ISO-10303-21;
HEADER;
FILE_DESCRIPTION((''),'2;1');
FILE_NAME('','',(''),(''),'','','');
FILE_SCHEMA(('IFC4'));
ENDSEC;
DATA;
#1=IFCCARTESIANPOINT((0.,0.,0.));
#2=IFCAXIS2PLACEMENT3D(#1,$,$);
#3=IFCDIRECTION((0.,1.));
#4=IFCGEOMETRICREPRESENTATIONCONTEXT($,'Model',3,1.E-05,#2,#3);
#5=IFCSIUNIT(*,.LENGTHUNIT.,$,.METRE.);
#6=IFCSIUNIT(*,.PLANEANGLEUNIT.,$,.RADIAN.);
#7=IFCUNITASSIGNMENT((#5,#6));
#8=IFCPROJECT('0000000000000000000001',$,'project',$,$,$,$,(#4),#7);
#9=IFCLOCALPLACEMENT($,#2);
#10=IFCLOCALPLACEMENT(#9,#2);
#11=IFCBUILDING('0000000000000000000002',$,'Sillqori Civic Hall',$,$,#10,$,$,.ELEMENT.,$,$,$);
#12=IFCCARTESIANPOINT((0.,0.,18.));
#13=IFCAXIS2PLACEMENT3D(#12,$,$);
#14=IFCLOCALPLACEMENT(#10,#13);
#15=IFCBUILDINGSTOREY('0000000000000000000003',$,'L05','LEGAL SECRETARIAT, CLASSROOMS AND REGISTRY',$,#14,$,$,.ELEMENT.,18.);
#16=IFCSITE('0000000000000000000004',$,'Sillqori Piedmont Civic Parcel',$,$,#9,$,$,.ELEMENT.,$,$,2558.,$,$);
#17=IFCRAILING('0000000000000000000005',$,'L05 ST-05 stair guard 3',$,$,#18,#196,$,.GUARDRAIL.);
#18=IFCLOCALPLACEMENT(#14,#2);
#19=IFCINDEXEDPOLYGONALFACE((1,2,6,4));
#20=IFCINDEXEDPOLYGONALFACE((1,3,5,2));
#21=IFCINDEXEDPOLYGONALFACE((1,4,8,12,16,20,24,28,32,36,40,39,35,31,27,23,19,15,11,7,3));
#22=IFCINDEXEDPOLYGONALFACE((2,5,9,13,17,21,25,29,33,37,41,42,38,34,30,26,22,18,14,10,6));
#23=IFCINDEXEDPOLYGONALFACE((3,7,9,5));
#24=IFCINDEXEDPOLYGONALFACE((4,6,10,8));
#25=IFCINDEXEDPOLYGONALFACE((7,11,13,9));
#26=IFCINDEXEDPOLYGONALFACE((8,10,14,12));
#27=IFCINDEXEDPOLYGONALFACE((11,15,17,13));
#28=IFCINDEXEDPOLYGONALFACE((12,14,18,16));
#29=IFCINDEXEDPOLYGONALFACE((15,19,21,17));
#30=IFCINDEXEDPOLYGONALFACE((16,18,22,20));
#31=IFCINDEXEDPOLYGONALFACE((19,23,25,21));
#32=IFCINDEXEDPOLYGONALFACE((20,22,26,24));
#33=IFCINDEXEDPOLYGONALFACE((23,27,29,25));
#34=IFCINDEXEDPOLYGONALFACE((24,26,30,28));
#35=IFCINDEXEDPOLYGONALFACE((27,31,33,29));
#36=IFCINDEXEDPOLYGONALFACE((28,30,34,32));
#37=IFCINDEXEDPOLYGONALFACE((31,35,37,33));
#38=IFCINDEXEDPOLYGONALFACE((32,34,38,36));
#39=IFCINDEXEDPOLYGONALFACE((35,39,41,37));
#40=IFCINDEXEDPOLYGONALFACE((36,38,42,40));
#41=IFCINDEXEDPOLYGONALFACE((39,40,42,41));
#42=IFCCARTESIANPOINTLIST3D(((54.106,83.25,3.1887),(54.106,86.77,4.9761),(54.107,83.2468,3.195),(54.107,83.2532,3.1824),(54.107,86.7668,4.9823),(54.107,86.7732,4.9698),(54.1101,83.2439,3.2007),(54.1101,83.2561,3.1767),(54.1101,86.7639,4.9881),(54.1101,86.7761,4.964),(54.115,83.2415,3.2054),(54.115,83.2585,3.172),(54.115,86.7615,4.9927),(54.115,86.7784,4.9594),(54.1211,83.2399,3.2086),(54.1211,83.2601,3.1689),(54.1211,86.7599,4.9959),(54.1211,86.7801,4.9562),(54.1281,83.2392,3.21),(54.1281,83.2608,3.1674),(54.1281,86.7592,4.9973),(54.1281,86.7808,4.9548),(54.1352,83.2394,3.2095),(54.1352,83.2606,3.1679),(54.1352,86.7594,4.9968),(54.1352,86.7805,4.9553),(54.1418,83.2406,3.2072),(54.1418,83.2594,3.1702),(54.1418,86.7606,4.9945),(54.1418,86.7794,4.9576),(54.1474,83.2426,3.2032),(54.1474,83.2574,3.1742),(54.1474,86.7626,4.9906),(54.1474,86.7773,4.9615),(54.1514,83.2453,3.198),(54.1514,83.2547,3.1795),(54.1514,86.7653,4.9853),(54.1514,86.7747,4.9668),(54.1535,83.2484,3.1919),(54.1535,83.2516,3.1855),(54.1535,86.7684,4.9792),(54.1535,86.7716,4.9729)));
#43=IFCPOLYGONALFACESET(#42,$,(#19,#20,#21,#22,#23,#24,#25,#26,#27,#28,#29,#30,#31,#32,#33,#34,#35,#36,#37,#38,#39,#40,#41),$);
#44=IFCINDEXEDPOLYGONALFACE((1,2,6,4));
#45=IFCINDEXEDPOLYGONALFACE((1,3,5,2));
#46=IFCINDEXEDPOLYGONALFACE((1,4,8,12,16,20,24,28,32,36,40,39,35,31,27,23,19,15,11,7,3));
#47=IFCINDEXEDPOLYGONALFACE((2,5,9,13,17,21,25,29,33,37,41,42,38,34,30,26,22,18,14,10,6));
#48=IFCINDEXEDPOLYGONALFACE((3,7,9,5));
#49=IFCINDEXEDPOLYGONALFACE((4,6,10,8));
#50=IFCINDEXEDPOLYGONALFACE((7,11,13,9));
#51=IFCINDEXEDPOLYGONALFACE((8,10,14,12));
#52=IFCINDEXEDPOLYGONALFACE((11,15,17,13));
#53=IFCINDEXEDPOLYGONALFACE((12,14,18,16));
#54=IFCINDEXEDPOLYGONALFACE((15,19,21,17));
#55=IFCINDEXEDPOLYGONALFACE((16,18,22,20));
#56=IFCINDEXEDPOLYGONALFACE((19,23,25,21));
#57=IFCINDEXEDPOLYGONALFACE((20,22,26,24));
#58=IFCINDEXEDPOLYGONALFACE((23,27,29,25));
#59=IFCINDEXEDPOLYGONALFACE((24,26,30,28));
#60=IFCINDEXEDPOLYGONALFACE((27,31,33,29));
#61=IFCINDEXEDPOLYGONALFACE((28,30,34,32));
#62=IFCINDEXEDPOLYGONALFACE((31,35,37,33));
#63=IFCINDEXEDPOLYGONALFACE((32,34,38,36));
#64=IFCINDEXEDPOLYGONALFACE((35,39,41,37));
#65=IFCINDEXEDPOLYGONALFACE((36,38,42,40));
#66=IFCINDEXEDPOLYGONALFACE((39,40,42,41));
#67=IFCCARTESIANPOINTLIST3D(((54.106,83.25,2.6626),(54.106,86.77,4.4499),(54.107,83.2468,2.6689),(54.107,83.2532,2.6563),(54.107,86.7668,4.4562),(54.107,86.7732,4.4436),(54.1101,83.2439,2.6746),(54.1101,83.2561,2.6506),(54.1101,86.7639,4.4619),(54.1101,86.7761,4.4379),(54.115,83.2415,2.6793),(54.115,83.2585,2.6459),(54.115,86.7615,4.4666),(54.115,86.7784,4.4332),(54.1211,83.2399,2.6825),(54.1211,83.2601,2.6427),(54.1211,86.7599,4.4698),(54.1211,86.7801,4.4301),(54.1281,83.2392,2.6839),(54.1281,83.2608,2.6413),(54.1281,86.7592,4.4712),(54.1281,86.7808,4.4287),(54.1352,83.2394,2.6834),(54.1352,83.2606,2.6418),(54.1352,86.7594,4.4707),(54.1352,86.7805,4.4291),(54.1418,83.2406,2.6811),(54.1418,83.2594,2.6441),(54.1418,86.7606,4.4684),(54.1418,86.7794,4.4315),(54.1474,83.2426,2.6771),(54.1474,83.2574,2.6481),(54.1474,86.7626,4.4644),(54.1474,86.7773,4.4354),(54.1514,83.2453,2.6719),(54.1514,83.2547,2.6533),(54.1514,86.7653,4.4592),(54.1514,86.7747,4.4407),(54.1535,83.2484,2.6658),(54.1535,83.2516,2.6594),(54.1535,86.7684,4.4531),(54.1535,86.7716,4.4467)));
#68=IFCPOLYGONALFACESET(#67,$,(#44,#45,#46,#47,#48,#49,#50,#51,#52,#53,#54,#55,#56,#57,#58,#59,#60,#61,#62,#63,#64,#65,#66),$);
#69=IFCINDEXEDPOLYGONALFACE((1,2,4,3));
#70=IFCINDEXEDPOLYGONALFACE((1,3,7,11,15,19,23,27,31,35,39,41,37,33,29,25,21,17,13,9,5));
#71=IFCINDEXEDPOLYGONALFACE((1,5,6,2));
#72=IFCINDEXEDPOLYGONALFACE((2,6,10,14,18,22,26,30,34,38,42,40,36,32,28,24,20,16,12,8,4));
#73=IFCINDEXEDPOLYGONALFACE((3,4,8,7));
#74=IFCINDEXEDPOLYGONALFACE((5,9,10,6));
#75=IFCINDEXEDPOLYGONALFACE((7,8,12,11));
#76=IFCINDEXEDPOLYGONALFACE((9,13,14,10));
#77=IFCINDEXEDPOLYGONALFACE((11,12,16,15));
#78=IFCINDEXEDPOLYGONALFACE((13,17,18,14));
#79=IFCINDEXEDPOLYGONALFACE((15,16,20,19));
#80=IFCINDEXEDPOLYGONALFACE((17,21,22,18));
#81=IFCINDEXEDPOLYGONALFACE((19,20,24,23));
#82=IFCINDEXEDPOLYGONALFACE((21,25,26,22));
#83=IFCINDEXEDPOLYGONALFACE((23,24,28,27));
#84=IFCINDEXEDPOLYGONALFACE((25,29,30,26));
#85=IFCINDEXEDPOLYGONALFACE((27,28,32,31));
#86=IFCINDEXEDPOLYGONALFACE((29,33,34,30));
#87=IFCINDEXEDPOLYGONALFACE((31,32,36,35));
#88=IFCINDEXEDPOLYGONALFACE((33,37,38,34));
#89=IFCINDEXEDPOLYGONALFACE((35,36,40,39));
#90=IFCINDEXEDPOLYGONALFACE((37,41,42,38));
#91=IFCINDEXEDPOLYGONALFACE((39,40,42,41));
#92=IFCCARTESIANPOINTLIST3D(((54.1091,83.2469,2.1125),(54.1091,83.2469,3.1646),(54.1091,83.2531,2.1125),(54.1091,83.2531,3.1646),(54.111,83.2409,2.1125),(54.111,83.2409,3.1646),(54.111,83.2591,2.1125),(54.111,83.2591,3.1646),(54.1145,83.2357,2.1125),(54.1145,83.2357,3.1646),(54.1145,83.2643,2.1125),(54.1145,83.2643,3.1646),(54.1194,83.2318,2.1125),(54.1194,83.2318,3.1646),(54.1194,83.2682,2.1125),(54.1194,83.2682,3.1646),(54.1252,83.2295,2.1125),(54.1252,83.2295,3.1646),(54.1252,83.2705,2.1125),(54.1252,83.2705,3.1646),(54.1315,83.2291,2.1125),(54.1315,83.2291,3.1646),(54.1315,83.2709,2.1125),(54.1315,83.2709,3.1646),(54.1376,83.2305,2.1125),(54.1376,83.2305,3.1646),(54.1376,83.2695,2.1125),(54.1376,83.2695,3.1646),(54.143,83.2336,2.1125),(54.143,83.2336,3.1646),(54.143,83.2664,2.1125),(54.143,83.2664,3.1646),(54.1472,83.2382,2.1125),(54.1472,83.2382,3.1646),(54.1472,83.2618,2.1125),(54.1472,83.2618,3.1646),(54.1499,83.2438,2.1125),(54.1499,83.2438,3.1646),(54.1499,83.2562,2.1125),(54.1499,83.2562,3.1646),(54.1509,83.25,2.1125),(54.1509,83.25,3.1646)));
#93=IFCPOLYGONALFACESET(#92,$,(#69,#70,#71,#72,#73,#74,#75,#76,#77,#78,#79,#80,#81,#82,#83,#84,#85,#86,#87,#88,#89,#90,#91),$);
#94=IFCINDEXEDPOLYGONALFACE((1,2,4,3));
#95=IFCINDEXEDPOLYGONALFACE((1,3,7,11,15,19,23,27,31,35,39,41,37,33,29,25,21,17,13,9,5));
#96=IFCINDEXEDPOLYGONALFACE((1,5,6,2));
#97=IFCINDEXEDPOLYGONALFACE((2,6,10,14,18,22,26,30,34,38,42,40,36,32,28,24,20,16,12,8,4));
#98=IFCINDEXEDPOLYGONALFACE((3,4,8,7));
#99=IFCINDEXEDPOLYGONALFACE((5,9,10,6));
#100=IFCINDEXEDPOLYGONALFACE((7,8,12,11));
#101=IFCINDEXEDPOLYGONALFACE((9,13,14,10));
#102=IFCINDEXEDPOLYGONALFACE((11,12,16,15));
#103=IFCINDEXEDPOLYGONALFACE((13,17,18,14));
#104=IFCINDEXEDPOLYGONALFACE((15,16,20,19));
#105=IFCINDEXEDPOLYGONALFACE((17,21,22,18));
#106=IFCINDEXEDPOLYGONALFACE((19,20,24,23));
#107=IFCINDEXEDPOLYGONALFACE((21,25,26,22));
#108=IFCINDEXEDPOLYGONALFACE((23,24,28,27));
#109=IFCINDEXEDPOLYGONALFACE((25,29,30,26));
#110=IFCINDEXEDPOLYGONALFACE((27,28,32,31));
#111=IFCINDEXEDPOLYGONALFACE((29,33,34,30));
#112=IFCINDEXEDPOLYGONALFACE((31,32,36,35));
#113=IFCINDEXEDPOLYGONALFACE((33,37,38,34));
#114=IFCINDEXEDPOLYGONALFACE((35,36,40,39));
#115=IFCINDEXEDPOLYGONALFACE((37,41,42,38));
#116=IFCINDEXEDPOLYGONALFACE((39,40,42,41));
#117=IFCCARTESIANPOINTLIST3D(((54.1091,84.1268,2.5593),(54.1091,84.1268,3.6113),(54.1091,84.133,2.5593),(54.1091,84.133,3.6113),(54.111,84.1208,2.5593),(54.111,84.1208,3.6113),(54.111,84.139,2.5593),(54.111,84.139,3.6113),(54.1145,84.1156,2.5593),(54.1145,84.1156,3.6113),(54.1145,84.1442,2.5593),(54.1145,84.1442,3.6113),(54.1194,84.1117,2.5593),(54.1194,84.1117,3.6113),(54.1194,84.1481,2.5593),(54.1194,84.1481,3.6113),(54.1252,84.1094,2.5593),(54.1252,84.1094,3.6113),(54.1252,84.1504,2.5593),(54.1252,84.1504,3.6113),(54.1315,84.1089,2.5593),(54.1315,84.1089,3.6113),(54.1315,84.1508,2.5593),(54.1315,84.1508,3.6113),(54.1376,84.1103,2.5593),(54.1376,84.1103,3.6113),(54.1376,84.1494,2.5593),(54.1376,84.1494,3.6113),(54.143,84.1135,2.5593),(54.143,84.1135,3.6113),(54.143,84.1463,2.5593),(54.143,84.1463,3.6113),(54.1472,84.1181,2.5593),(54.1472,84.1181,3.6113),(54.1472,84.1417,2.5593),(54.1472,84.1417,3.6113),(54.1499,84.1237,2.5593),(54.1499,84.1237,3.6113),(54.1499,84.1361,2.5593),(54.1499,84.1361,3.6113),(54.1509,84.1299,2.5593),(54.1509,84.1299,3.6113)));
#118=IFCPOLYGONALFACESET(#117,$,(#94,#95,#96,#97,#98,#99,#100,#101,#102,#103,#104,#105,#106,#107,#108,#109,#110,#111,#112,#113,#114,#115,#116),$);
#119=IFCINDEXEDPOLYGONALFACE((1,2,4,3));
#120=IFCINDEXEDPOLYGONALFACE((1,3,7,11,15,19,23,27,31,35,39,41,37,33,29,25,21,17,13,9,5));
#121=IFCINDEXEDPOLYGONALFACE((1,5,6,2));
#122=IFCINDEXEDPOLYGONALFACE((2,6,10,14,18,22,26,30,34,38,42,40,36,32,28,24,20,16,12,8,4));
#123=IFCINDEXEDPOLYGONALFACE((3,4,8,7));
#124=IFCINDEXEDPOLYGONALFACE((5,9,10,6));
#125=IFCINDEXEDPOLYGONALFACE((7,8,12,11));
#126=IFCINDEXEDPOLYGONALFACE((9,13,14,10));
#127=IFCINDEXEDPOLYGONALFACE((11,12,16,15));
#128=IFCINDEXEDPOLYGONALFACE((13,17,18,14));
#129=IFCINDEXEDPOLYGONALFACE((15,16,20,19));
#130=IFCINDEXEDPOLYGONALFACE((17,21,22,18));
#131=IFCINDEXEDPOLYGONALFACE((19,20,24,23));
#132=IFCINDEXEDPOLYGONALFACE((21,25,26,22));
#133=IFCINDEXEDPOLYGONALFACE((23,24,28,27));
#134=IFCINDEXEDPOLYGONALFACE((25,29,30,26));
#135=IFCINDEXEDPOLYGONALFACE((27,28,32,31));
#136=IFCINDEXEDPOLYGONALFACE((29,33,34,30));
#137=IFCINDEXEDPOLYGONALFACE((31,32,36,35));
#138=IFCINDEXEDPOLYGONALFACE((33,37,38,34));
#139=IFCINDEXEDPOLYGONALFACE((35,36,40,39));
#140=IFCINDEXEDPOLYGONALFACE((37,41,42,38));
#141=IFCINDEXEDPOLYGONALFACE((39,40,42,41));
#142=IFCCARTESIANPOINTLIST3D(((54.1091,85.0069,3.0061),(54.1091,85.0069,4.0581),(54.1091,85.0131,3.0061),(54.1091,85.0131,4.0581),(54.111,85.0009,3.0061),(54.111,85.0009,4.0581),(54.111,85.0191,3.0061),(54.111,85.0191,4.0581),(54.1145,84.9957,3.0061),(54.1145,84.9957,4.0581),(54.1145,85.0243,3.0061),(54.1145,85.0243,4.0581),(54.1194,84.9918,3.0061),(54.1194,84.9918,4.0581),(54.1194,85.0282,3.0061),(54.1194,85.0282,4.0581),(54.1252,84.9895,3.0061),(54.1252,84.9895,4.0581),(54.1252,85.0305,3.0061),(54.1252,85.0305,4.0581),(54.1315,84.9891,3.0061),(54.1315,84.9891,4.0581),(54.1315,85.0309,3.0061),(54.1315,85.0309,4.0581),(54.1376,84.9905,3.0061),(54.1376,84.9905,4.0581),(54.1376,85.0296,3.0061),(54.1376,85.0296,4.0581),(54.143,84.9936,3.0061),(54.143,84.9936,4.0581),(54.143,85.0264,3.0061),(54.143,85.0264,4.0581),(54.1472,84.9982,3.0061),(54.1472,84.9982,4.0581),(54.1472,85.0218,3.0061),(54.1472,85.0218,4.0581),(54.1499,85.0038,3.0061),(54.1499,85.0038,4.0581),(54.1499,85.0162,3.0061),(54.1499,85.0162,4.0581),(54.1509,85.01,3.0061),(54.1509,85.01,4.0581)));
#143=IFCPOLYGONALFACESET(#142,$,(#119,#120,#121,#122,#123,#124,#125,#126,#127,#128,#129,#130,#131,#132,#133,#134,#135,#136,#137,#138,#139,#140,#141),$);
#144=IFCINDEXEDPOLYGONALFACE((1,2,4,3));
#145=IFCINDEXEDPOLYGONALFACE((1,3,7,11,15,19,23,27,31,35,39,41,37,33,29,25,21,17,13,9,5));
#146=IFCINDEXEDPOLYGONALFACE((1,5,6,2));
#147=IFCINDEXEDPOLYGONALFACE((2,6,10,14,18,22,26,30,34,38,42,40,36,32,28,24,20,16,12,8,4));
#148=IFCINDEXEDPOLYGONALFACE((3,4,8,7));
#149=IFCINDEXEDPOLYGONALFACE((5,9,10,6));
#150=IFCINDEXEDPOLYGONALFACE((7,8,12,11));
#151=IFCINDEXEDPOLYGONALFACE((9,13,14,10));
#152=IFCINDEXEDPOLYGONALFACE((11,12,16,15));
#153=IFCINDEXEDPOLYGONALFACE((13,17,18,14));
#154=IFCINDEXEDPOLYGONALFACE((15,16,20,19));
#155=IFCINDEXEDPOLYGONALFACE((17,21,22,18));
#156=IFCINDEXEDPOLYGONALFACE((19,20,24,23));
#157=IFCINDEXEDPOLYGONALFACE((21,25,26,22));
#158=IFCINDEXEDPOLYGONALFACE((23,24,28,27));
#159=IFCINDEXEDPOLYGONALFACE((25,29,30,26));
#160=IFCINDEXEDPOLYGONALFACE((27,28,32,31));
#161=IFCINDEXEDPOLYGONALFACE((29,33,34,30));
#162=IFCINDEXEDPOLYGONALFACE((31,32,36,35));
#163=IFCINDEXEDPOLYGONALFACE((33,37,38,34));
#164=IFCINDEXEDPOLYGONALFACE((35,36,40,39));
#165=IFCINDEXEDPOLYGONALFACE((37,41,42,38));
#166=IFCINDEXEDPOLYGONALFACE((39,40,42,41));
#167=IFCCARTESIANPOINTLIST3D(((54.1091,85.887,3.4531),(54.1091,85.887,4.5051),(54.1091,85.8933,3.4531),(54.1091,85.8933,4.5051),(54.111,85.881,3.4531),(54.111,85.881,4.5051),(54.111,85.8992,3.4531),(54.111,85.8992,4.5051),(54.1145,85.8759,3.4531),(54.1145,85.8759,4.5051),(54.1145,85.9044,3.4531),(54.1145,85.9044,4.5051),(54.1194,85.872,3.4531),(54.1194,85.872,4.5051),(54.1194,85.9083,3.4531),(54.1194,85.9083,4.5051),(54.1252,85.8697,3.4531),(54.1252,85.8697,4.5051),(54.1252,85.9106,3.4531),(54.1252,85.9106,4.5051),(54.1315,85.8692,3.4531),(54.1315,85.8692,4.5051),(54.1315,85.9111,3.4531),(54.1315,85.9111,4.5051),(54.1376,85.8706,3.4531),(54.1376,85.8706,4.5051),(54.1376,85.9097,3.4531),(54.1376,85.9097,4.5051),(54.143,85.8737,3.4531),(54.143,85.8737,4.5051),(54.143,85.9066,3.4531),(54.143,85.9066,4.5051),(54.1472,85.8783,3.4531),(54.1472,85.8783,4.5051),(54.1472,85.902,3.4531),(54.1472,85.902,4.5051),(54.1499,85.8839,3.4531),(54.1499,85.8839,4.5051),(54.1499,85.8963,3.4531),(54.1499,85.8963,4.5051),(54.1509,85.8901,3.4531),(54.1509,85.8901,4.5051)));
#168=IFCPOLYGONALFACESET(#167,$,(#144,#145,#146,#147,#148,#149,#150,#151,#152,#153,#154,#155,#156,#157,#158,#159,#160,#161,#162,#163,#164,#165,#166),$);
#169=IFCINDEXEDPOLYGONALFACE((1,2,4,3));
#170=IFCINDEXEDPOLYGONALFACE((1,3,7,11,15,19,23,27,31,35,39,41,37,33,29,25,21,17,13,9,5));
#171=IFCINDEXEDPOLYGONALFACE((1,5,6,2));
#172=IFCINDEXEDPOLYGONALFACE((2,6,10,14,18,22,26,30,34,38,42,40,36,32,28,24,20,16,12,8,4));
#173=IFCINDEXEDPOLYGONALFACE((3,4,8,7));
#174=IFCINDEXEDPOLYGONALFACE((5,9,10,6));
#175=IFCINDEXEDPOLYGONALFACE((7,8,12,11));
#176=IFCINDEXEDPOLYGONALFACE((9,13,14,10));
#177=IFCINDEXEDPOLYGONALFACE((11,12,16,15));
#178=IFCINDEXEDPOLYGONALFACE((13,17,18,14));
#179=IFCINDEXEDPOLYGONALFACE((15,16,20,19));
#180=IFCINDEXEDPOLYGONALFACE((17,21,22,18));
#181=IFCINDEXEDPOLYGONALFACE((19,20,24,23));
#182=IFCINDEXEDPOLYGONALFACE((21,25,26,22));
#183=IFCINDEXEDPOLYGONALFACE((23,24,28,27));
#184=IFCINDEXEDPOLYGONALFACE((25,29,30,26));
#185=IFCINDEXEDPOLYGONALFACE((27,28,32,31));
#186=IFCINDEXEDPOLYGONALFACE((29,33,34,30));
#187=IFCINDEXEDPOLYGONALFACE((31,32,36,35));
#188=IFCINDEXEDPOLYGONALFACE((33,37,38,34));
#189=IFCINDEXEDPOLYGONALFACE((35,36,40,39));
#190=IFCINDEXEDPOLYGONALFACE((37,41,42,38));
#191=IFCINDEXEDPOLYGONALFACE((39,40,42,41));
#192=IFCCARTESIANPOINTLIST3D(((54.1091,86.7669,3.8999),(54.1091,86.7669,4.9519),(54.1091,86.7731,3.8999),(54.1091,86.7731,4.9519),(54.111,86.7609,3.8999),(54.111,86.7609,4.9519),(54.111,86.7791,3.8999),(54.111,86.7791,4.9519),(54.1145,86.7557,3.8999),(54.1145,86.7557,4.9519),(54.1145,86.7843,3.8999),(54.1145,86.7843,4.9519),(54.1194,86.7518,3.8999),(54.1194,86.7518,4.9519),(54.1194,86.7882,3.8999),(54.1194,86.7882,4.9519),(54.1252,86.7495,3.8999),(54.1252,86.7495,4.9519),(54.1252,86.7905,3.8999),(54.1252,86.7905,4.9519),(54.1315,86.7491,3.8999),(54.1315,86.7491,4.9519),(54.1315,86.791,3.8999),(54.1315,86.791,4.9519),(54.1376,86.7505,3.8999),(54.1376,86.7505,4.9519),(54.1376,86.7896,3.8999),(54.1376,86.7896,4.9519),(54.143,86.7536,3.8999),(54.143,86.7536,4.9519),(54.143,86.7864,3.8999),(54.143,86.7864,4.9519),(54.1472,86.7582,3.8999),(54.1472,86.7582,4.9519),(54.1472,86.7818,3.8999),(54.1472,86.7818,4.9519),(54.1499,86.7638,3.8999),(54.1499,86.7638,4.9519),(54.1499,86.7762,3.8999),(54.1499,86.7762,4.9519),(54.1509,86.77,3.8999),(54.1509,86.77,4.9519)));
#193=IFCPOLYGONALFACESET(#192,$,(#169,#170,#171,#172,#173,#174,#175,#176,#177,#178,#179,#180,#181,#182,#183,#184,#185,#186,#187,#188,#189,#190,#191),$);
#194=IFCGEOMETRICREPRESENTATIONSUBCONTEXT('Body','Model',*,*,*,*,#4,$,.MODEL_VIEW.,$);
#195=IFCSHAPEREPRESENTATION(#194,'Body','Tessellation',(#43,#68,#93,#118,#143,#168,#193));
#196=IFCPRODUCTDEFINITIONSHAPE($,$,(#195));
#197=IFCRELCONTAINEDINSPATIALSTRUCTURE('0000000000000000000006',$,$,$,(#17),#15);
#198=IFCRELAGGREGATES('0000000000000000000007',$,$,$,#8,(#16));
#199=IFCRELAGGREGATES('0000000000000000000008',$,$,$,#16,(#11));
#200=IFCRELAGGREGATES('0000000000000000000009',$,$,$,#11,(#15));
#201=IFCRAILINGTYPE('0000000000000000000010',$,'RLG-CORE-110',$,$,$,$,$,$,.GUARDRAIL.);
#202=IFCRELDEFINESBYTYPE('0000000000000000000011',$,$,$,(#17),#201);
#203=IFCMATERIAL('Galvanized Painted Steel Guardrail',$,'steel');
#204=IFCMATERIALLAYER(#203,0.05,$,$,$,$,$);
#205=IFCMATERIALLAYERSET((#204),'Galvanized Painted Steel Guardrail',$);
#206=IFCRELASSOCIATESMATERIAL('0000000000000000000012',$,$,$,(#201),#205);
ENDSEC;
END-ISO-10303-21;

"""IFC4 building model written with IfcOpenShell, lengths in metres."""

from ifc_helpers import new_model, si_unit, direction, frame, origin, origin_2d, place, context, subcontext, project, spatial, circle, extrude, material, layer, layer_set, type_object, element, save


model = new_model("IFC4")

# Units and contexts
model_context = context("Model", 3, precision=1e-05, world=origin(), true_north=direction((0.0, 1.0)))
body_context = subcontext(model_context, "Body", "Model", "MODEL_VIEW")
ifc_project = project(units=[si_unit("LENGTHUNIT", "METRE"), si_unit("PLANEANGLEUNIT", "RADIAN")], contexts=[model_context])

# Site, building, storey
site_placement = place(None, origin())
site = spatial("IfcSite", under=ifc_project, at=site_placement, Name="Sillqori Piedmont Civic Parcel", CompositionType="ELEMENT", RefElevation=2558.0)
building_placement = place(site_placement, origin())
building = spatial("IfcBuilding", under=site, at=building_placement, Name="Sillqori Civic Hall", CompositionType="ELEMENT")
storey_placement = place(building_placement, frame((0.0, 0.0, 18.0)))
storey = spatial("IfcBuildingStorey", under=building, at=storey_placement, Name="L05", Description="LEGAL SECRETARIAT, CLASSROOMS AND REGISTRY", CompositionType="ELEMENT", Elevation=18.0)

# Railing
ifc_material_1 = material(Name="Galvanized Painted Steel Guardrail", Category="steel")
ifc_layer_1 = layer(ifc_material_1, 0.05)
ifc_layer_set_1 = layer_set([ifc_layer_1], Name="Galvanized Painted Steel Guardrail")
railing_type_1 = type_object("IfcRailingType", Name="RLG-CORE-110", PredefinedType="GUARDRAIL", material=ifc_layer_set_1)
railing_1_placement = place(storey_placement, frame((54.1299, 83.25, 2.1125)))
element("IfcRailing", 1, at=railing_1_placement, inside=storey, type_object=railing_type_1, Name="L05 ST-05 stair guard 3", PredefinedType="GUARDRAIL", context=body_context, shape_type="SweptSolid", body=[
    extrude(circle(Radius=0.0239, at=origin_2d()), frame((0.0, 0.0, 1.0762), z_axis=(0.0, 0.89164, 0.452746), x_axis=(-1.0, 0.0, 0.0)), (0.0, 0.0, 1.0), 3.9478),
    extrude(circle(Radius=0.0239, at=origin_2d()), frame((0.0, 0.0, 0.55), z_axis=(0.0, 0.89164, 0.452746), x_axis=(-1.0, 0.0, 0.0)), (0.0, 0.0, 1.0), 3.9478),
    extrude(circle(Radius=0.021, at=origin_2d()), origin(), (0.0, 0.0, 1.0), 1.052),
    extrude(circle(Radius=0.021, at=origin_2d()), frame((0.0, 0.8799, 0.4468)), (0.0, 0.0, 1.0), 1.052),
    extrude(circle(Radius=0.021, at=origin_2d()), frame((0.0, 1.76, 0.8936)), (0.0, 0.0, 1.0), 1.052),
    extrude(circle(Radius=0.021, at=origin_2d()), frame((0.0, 2.6401, 1.3406)), (0.0, 0.0, 1.0), 1.052),
    extrude(circle(Radius=0.021, at=origin_2d()), frame((0.0, 3.52, 1.7874)), (0.0, 0.0, 1.0), 1.052),
])

save(model, "model.ifc")
